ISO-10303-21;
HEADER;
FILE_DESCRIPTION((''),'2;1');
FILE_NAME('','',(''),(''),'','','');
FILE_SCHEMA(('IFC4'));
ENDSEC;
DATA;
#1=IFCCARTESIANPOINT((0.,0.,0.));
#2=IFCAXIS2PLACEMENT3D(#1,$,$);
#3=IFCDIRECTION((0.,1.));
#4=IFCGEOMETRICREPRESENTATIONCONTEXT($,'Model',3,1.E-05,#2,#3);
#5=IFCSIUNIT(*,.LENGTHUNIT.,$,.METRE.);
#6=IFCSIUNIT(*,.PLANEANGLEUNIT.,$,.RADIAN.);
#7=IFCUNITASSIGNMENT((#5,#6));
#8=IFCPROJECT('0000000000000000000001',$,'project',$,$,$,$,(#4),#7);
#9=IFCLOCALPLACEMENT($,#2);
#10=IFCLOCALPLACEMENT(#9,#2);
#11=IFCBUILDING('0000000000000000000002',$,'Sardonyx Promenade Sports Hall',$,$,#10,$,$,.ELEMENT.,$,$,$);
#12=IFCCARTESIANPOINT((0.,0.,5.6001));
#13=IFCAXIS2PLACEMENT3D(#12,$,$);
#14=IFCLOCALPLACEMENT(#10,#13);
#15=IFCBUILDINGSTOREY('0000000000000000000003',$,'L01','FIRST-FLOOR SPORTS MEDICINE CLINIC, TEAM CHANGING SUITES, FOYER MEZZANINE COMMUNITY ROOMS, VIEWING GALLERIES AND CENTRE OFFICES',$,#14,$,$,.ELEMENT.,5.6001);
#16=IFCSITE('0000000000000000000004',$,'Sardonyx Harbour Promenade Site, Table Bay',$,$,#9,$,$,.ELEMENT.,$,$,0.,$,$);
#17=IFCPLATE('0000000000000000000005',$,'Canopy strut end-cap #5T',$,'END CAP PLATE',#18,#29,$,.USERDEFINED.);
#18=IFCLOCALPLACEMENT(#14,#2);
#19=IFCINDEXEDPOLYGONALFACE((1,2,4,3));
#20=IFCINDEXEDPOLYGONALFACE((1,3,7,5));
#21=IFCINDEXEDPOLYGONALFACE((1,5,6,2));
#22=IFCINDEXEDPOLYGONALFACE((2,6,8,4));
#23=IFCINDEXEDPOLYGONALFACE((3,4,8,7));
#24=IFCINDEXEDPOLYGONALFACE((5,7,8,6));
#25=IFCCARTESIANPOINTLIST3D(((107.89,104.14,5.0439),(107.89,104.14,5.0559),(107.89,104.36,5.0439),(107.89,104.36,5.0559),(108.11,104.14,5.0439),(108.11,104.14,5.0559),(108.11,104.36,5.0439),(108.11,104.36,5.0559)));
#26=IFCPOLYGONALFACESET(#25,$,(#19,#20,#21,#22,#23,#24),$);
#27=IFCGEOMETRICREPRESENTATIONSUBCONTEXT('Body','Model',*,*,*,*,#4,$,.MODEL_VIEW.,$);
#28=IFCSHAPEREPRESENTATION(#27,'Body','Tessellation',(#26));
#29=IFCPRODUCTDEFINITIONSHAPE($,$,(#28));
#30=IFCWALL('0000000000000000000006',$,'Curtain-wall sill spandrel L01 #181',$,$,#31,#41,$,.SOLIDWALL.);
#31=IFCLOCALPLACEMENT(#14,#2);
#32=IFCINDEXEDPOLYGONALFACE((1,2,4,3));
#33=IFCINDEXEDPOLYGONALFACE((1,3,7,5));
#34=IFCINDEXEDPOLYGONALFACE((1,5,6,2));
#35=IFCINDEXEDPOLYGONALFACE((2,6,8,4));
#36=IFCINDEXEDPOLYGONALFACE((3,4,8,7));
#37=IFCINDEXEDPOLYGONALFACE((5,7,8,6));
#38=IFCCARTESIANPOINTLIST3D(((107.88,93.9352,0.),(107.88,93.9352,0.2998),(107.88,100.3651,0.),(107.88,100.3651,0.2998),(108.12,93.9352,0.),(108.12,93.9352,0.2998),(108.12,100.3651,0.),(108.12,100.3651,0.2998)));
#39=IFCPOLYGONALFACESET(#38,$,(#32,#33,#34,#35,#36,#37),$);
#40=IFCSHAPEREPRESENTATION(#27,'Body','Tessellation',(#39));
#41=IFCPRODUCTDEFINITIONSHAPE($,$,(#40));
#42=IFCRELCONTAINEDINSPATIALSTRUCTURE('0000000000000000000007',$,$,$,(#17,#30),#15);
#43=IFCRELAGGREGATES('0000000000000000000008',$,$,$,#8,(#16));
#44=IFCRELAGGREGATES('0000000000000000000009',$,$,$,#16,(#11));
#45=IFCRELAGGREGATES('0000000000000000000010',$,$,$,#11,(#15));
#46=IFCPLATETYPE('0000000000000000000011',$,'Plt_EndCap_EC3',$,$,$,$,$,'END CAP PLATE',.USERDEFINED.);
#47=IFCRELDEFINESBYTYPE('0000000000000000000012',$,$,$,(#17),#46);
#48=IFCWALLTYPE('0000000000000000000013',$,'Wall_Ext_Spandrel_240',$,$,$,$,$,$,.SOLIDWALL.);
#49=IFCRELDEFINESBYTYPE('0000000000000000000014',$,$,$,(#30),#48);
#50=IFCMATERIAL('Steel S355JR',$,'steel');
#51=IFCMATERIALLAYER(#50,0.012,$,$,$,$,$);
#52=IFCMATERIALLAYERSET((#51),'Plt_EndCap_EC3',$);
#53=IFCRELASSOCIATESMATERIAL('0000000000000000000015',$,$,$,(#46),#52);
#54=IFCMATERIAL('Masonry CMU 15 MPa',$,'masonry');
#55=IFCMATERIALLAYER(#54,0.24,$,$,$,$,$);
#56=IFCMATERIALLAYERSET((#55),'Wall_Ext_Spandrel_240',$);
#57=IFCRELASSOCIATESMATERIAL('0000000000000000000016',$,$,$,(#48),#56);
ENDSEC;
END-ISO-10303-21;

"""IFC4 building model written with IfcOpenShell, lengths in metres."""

from ifc_helpers import new_model, si_unit, direction, frame, frame_2d, origin, origin_2d, place, context, subcontext, project, spatial, rectangle, extrude, material, layer, layer_set, type_object, element, save


model = new_model("IFC4")

# Units and contexts
model_context = context("Model", 3, precision=1e-05, world=origin(), true_north=direction((0.0, 1.0)))
body_context = subcontext(model_context, "Body", "Model", "MODEL_VIEW")
ifc_project = project(units=[si_unit("LENGTHUNIT", "METRE"), si_unit("PLANEANGLEUNIT", "RADIAN")], contexts=[model_context])

# Site, building, storey
site_placement = place(None, origin())
site = spatial("IfcSite", under=ifc_project, at=site_placement, Name="Sardonyx Harbour Promenade Site, Table Bay", CompositionType="ELEMENT", RefElevation=0.0)
building_placement = place(site_placement, origin())
building = spatial("IfcBuilding", under=site, at=building_placement, Name="Sardonyx Promenade Sports Hall", CompositionType="ELEMENT")
storey_placement = place(building_placement, frame((0.0, 0.0, 5.6001)))
storey = spatial("IfcBuildingStorey", under=building, at=storey_placement, Name="L01", Description="FIRST-FLOOR SPORTS MEDICINE CLINIC, TEAM CHANGING SUITES, FOYER MEZZANINE COMMUNITY ROOMS, VIEWING GALLERIES AND CENTRE OFFICES", CompositionType="ELEMENT", Elevation=5.6001)

# Plate
ifc_material_1 = material(Name="Steel S355JR", Category="steel")
ifc_layer_1 = layer(ifc_material_1, 0.012)
ifc_layer_set_1 = layer_set([ifc_layer_1], Name="Plt_EndCap_EC3")
plate_type_1 = type_object("IfcPlateType", Name="Plt_EndCap_EC3", ElementType="END CAP PLATE", PredefinedType="USERDEFINED", material=ifc_layer_set_1)
for number, where, z_axis, x_axis, name in (
    (1, (108.0, 104.25, 5.0439), (0.0, 0.0, 1.0), (1.0, 0.0, 0.0), "Canopy strut end-cap #5T"),
):
    element("IfcPlate", number, at=place(storey_placement, frame(where, z_axis=z_axis, x_axis=x_axis)), inside=storey, type_object=plate_type_1, Name=name, ObjectType="END CAP PLATE", PredefinedType="USERDEFINED", context=body_context, shape_type="SweptSolid", body=[
        extrude(rectangle(XDim=0.22, YDim=0.22, at=origin_2d()), origin(), (0.0, 0.0, 1.0), 0.012),
    ])

# Wall
ifc_material_2 = material(Name="Masonry CMU 15 MPa", Category="masonry")
ifc_layer_2 = layer(ifc_material_2, 0.24)
ifc_layer_set_2 = layer_set([ifc_layer_2], Name="Wall_Ext_Spandrel_240")
wall_type = type_object("IfcWallType", Name="Wall_Ext_Spandrel_240", PredefinedType="SOLIDWALL", material=ifc_layer_set_2)
wall_placement = place(storey_placement, frame((108.0, 100.365, 0.0), z_axis=(0.0, 0.0, 1.0), x_axis=(0.0, -1.0, 0.0)))
element("IfcWall", 2, at=wall_placement, inside=storey, type_object=wall_type, Name="Curtain-wall sill spandrel L01 #181", PredefinedType="SOLIDWALL", context=body_context, shape_type="SweptSolid", body=[
    extrude(rectangle(XDim=6.4299, YDim=0.24, at=frame_2d((3.2148, 0.0))), origin(), (0.0, 0.0, 1.0), 0.2998),
])

save(model, "model.ifc")
